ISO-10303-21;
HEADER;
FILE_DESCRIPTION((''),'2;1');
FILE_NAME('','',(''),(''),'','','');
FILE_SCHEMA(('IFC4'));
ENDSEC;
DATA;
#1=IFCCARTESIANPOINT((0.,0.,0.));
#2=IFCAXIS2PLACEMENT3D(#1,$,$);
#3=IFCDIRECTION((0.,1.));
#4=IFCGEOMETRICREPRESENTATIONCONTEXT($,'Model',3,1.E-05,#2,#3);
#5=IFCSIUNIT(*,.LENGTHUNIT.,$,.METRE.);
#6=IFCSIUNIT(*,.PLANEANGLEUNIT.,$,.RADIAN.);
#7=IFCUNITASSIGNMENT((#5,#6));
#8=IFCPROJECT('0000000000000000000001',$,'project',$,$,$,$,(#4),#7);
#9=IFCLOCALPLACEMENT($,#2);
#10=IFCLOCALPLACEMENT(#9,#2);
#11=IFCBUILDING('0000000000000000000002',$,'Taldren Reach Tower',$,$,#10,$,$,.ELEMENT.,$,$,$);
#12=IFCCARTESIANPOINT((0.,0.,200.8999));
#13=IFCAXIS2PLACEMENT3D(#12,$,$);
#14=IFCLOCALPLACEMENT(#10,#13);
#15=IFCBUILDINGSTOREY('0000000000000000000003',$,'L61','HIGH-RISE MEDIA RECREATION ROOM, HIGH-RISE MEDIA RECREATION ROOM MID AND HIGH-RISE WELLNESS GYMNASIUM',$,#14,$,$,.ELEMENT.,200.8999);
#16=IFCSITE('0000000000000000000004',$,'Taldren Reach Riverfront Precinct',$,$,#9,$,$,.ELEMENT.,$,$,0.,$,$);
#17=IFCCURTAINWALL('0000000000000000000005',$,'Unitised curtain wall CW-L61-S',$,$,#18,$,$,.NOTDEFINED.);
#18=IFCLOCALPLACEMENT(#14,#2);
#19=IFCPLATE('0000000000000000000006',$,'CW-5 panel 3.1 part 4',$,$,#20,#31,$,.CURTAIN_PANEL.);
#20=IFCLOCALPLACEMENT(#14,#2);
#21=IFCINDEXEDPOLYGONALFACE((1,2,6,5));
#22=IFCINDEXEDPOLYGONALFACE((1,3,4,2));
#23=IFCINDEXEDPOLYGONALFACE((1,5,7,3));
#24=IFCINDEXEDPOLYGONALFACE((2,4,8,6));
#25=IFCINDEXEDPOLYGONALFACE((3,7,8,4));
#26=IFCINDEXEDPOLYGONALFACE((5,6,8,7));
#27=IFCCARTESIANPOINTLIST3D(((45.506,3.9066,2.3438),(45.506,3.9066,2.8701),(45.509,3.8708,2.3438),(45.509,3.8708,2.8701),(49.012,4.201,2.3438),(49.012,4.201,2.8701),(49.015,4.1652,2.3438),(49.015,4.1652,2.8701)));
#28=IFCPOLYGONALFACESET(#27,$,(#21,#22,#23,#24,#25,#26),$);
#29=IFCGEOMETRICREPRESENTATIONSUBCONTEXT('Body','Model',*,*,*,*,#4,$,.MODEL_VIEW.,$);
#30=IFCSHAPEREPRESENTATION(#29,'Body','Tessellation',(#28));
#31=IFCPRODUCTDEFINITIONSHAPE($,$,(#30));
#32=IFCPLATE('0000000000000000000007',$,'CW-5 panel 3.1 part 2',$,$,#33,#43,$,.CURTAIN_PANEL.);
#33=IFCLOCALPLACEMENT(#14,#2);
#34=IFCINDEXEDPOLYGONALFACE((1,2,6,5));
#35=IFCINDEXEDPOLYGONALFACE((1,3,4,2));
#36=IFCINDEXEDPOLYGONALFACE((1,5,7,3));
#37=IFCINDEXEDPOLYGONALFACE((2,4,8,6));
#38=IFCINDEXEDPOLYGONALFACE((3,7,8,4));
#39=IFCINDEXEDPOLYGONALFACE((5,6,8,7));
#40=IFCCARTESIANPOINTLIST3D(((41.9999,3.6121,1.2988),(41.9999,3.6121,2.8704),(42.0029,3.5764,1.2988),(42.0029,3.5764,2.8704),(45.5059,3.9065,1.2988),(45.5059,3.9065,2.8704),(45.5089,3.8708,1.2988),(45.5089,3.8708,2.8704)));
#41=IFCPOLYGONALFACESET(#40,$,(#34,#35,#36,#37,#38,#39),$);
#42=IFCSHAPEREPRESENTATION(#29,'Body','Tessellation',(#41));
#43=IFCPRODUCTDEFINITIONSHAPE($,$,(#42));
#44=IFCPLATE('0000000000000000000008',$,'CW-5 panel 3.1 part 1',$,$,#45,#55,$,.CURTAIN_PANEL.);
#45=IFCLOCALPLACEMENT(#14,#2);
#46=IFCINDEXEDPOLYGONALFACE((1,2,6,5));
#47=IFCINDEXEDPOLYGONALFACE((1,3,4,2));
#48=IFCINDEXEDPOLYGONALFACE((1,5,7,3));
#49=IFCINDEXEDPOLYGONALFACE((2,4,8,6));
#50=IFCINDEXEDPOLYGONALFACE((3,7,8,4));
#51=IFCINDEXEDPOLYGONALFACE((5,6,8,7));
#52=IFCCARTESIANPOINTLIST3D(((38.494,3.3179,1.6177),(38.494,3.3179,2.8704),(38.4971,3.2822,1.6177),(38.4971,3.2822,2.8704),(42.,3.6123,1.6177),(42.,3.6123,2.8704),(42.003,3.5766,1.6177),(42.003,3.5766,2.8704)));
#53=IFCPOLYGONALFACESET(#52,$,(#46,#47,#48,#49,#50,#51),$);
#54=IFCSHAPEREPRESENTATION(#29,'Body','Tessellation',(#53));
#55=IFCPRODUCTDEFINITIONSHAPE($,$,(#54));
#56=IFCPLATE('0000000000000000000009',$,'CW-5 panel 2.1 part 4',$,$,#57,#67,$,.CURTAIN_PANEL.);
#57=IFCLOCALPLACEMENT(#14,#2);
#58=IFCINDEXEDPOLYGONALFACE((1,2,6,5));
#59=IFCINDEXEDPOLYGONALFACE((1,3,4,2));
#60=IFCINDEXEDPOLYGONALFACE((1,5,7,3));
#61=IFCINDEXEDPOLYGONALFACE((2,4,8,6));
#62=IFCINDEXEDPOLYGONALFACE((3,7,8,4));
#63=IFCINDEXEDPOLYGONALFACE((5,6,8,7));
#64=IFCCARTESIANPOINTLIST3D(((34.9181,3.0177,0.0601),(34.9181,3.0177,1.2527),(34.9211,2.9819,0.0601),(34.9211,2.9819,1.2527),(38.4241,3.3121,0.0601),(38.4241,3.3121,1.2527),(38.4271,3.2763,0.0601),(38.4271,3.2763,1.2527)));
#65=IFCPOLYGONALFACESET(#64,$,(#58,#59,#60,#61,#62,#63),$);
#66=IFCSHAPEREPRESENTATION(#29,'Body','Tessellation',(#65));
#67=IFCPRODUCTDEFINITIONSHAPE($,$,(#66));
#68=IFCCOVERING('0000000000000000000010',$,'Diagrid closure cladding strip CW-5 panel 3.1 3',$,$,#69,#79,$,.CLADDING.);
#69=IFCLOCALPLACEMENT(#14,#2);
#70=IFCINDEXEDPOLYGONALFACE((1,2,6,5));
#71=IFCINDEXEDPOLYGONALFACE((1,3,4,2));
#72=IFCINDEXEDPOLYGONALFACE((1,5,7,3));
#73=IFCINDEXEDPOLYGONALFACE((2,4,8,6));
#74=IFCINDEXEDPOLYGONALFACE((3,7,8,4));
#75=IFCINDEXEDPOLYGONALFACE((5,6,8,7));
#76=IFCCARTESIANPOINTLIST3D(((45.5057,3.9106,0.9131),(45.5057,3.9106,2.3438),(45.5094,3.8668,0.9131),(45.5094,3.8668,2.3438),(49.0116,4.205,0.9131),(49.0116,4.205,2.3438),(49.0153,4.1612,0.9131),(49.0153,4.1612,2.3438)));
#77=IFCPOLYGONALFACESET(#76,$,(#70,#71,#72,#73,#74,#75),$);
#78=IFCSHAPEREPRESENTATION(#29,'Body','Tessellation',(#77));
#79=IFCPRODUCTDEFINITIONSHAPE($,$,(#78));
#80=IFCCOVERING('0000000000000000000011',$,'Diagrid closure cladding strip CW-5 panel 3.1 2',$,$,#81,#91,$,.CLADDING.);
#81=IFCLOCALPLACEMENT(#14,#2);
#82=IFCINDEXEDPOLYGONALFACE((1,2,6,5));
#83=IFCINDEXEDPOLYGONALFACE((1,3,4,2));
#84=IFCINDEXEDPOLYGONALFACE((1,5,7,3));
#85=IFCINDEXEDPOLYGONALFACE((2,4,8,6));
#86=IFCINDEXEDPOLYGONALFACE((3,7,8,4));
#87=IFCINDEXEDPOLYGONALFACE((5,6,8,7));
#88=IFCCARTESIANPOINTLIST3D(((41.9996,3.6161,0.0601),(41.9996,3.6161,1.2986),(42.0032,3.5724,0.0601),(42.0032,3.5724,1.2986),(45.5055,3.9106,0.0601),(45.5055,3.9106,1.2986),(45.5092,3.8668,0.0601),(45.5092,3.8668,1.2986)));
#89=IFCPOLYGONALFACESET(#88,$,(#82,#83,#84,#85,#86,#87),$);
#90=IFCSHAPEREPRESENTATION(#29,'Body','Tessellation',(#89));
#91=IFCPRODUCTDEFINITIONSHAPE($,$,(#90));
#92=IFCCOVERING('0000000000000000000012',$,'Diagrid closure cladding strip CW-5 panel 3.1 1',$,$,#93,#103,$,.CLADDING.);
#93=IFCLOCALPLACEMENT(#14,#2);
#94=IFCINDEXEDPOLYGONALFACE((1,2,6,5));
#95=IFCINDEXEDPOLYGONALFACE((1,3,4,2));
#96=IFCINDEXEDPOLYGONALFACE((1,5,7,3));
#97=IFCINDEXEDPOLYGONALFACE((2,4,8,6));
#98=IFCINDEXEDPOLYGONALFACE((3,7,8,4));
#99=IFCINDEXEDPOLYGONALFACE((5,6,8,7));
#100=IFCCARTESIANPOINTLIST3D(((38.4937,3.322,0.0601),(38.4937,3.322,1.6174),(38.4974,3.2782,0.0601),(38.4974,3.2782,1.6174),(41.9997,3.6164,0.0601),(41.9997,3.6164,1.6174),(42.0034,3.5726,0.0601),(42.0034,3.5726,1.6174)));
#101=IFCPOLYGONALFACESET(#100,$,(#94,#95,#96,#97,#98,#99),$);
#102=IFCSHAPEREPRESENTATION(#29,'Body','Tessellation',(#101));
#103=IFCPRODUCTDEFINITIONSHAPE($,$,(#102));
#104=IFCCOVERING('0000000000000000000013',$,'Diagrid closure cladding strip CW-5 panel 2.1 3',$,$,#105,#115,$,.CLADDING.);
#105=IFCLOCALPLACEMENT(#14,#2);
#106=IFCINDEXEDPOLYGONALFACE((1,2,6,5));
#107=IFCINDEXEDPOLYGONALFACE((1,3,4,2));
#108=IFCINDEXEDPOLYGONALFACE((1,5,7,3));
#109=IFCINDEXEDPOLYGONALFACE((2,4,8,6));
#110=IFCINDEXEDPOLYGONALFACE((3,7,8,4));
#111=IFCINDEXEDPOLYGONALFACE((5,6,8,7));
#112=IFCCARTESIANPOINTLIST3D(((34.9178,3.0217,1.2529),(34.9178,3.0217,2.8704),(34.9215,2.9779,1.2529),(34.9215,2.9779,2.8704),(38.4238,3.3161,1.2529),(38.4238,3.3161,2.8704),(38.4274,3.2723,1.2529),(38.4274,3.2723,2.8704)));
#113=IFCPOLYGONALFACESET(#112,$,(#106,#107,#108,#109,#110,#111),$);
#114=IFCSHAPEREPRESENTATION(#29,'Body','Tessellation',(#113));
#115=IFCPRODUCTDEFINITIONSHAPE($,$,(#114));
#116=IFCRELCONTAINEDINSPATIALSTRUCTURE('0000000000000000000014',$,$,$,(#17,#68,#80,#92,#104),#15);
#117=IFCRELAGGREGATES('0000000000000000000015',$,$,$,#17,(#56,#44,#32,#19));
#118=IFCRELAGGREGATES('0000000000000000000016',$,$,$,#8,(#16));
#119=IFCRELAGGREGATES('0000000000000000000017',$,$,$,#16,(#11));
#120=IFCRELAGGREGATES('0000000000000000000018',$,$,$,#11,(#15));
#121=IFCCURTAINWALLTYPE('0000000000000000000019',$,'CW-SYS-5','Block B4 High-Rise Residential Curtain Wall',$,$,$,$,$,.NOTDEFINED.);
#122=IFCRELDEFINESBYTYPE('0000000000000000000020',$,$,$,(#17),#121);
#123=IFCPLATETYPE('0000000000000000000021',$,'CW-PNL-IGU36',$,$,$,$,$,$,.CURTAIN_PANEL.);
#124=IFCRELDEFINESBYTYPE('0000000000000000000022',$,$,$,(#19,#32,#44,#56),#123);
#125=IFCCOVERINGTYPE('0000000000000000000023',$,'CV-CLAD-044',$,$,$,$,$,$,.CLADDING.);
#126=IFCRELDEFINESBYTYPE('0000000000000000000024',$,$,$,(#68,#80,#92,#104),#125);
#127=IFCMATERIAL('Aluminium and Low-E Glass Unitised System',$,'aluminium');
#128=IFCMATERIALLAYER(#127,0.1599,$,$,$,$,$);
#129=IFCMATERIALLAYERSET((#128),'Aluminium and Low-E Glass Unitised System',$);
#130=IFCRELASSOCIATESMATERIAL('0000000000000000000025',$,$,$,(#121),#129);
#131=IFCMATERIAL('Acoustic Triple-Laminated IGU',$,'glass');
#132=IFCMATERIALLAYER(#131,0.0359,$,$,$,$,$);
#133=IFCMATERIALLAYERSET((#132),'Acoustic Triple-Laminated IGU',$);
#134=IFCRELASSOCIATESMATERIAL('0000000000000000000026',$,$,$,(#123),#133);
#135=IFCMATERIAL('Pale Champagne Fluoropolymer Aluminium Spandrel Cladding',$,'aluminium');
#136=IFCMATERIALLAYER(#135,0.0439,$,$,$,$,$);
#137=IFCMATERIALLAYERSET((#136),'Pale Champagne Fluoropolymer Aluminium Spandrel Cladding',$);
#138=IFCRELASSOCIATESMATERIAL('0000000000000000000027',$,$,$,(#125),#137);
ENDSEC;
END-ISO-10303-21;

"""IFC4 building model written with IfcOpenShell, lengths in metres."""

from ifc_helpers import new_model, si_unit, direction, frame, origin, origin_2d, place, context, subcontext, project, spatial, rectangle, extrude, source, transform, mapped, material, layer, layer_set, type_object, element, aggregate, save


model = new_model("IFC4")

# Units and contexts
model_context = context("Model", 3, precision=1e-05, world=origin(), true_north=direction((0.0, 1.0)))
body_context = subcontext(model_context, "Body", "Model", "MODEL_VIEW")
ifc_project = project(units=[si_unit("LENGTHUNIT", "METRE"), si_unit("PLANEANGLEUNIT", "RADIAN")], contexts=[model_context])

# Site, building, storey
site_placement = place(None, origin())
site = spatial("IfcSite", under=ifc_project, at=site_placement, Name="Taldren Reach Riverfront Precinct", CompositionType="ELEMENT", RefElevation=0.0)
building_placement = place(site_placement, origin())
building = spatial("IfcBuilding", under=site, at=building_placement, Name="Taldren Reach Tower", CompositionType="ELEMENT")
storey_placement = place(building_placement, frame((0.0, 0.0, 200.8999)))
storey = spatial("IfcBuildingStorey", under=building, at=storey_placement, Name="L61", Description="HIGH-RISE MEDIA RECREATION ROOM, HIGH-RISE MEDIA RECREATION ROOM MID AND HIGH-RISE WELLNESS GYMNASIUM", CompositionType="ELEMENT", Elevation=200.8999)

# Curtain wall
ifc_material_1 = material(Name="Aluminium and Low-E Glass Unitised System", Category="aluminium")
ifc_layer_1 = layer(ifc_material_1, 0.1599)
ifc_layer_set_1 = layer_set([ifc_layer_1], Name="Aluminium and Low-E Glass Unitised System")
curtain_wall_type = type_object("IfcCurtainWallType", Name="CW-SYS-5", Description="Block B4 High-Rise Residential Curtain Wall", PredefinedType="NOTDEFINED", material=ifc_layer_set_1)
curtain_wall_placement = place(storey_placement, origin())
curtain_wall = element("IfcCurtainWall", 1, at=curtain_wall_placement, inside=storey, type_object=curtain_wall_type, Name="Unitised curtain wall CW-L61-S", PredefinedType="NOTDEFINED")

# Plates
ifc_material_2 = material(Name="Acoustic Triple-Laminated IGU", Category="glass")
ifc_layer_2 = layer(ifc_material_2, 0.0359)
ifc_layer_set_2 = layer_set([ifc_layer_2], Name="Acoustic Triple-Laminated IGU")
plate_type_1 = type_object("IfcPlateType", Name="CW-PNL-IGU36", PredefinedType="CURTAIN_PANEL", material=ifc_layer_set_2)
shared_shape_1 = source(origin(), body_context, "Body", "SweptSolid", [
    extrude(rectangle(XDim=3.5183, YDim=0.0359, at=origin_2d()), origin(), (0.0, 0.0, 1.0), 0.5264),
])
plate_1_placement = place(storey_placement, frame((47.2605, 4.0359, 2.3438), z_axis=(0.0, 0.0, 1.0), x_axis=(0.996493, 0.083678, 0.0)))
plate_1 = element("IfcPlate", 2, at=plate_1_placement, type_object=plate_type_1, Name="CW-5 panel 3.1 part 4", PredefinedType="CURTAIN_PANEL", context=body_context, shape_type="MappedRepresentation", body=[
    mapped(shared_shape_1, transform((0.0, 0.0, 0.0), scale=1.0)),
])
shared_shape_2 = source(origin(), body_context, "Body", "SweptSolid", [
    extrude(rectangle(XDim=3.5183, YDim=0.0359, at=origin_2d()), origin(), (0.0, 0.0, 1.0), 1.5715),
])
plate_2_placement = place(storey_placement, frame((43.7544, 3.7415, 1.2988), z_axis=(0.0, 0.0, 1.0), x_axis=(0.996493, 0.083678, 0.0)))
plate_2 = element("IfcPlate", 3, at=plate_2_placement, type_object=plate_type_1, Name="CW-5 panel 3.1 part 2", PredefinedType="CURTAIN_PANEL", context=body_context, shape_type="MappedRepresentation", body=[
    mapped(shared_shape_2, transform((0.0, 0.0, 0.0), scale=1.0)),
])
shared_shape_3 = source(origin(), body_context, "Body", "SweptSolid", [
    extrude(rectangle(XDim=3.5183, YDim=0.0359, at=origin_2d()), origin(), (0.0, 0.0, 1.0), 1.2527),
])
plate_3_placement = place(storey_placement, frame((40.2485, 3.4473, 1.6177), z_axis=(0.0, 0.0, 1.0), x_axis=(0.996493, 0.083678, 0.0)))
plate_3 = element("IfcPlate", 4, at=plate_3_placement, type_object=plate_type_1, Name="CW-5 panel 3.1 part 1", PredefinedType="CURTAIN_PANEL", context=body_context, shape_type="MappedRepresentation", body=[
    mapped(shared_shape_3, transform((0.0, 0.0, 0.0), scale=1.0)),
])
shared_shape_4 = source(origin(), body_context, "Body", "SweptSolid", [
    extrude(rectangle(XDim=3.5183, YDim=0.0359, at=origin_2d()), origin(), (0.0, 0.0, 1.0), 1.1926),
])
plate_4_placement = place(storey_placement, frame((36.6726, 3.147, 0.0601), z_axis=(0.0, 0.0, 1.0), x_axis=(0.996493, 0.083678, 0.0)))
plate_4 = element("IfcPlate", 5, at=plate_4_placement, type_object=plate_type_1, Name="CW-5 panel 2.1 part 4", PredefinedType="CURTAIN_PANEL", context=body_context, shape_type="MappedRepresentation", body=[
    mapped(shared_shape_4, transform((0.0, 0.0, 0.0), scale=1.0)),
])
aggregate(curtain_wall, [plate_4, plate_3, plate_2, plate_1])

# Coverings
ifc_material_3 = material(Name="Pale Champagne Fluoropolymer Aluminium Spandrel Cladding", Category="aluminium")
ifc_layer_3 = layer(ifc_material_3, 0.0439)
ifc_layer_set_3 = layer_set([ifc_layer_3], Name="Pale Champagne Fluoropolymer Aluminium Spandrel Cladding")
covering_type = type_object("IfcCoveringType", Name="CV-CLAD-044", PredefinedType="CLADDING", material=ifc_layer_set_3)
shared_shape_5 = source(origin(), body_context, "Body", "SweptSolid", [
    extrude(rectangle(XDim=3.5183, YDim=0.0439, at=origin_2d()), origin(), (0.0, 0.0, 1.0), 1.4307),
])
covering_1_placement = place(storey_placement, frame((47.2605, 4.0359, 0.9131), z_axis=(0.0, 0.0, 1.0), x_axis=(0.996493, 0.083678, 0.0)))
element("IfcCovering", 6, at=covering_1_placement, inside=storey, type_object=covering_type, Name="Diagrid closure cladding strip CW-5 panel 3.1 3", PredefinedType="CLADDING", context=body_context, shape_type="MappedRepresentation", body=[
    mapped(shared_shape_5, transform((0.0, 0.0, 0.0), scale=1.0)),
])
shared_shape_6 = source(origin(), body_context, "Body", "SweptSolid", [
    extrude(rectangle(XDim=3.5183, YDim=0.0439, at=origin_2d()), origin(), (0.0, 0.0, 1.0), 1.2385),
])
covering_2_placement = place(storey_placement, frame((43.7544, 3.7415, 0.0601), z_axis=(0.0, 0.0, 1.0), x_axis=(0.996493, 0.083678, 0.0)))
element("IfcCovering", 7, at=covering_2_placement, inside=storey, type_object=covering_type, Name="Diagrid closure cladding strip CW-5 panel 3.1 2", PredefinedType="CLADDING", context=body_context, shape_type="MappedRepresentation", body=[
    mapped(shared_shape_6, transform((0.0, 0.0, 0.0), scale=1.0)),
])
shared_shape_7 = source(origin(), body_context, "Body", "SweptSolid", [
    extrude(rectangle(XDim=3.5183, YDim=0.0439, at=origin_2d()), origin(), (0.0, 0.0, 1.0), 1.5574),
])
covering_3_placement = place(storey_placement, frame((40.2485, 3.4473, 0.0601), z_axis=(0.0, 0.0, 1.0), x_axis=(0.996493, 0.083678, 0.0)))
element("IfcCovering", 8, at=covering_3_placement, inside=storey, type_object=covering_type, Name="Diagrid closure cladding strip CW-5 panel 3.1 1", PredefinedType="CLADDING", context=body_context, shape_type="MappedRepresentation", body=[
    mapped(shared_shape_7, transform((0.0, 0.0, 0.0), scale=1.0)),
])
shared_shape_8 = source(origin(), body_context, "Body", "SweptSolid", [
    extrude(rectangle(XDim=3.5183, YDim=0.0439, at=origin_2d()), origin(), (0.0, 0.0, 1.0), 1.6174),
])
covering_4_placement = place(storey_placement, frame((36.6726, 3.147, 1.2529), z_axis=(0.0, 0.0, 1.0), x_axis=(0.996493, 0.083678, 0.0)))
element("IfcCovering", 9, at=covering_4_placement, inside=storey, type_object=covering_type, Name="Diagrid closure cladding strip CW-5 panel 2.1 3", PredefinedType="CLADDING", context=body_context, shape_type="MappedRepresentation", body=[
    mapped(shared_shape_8, transform((0.0, 0.0, 0.0), scale=1.0)),
])

save(model, "model.ifc")
